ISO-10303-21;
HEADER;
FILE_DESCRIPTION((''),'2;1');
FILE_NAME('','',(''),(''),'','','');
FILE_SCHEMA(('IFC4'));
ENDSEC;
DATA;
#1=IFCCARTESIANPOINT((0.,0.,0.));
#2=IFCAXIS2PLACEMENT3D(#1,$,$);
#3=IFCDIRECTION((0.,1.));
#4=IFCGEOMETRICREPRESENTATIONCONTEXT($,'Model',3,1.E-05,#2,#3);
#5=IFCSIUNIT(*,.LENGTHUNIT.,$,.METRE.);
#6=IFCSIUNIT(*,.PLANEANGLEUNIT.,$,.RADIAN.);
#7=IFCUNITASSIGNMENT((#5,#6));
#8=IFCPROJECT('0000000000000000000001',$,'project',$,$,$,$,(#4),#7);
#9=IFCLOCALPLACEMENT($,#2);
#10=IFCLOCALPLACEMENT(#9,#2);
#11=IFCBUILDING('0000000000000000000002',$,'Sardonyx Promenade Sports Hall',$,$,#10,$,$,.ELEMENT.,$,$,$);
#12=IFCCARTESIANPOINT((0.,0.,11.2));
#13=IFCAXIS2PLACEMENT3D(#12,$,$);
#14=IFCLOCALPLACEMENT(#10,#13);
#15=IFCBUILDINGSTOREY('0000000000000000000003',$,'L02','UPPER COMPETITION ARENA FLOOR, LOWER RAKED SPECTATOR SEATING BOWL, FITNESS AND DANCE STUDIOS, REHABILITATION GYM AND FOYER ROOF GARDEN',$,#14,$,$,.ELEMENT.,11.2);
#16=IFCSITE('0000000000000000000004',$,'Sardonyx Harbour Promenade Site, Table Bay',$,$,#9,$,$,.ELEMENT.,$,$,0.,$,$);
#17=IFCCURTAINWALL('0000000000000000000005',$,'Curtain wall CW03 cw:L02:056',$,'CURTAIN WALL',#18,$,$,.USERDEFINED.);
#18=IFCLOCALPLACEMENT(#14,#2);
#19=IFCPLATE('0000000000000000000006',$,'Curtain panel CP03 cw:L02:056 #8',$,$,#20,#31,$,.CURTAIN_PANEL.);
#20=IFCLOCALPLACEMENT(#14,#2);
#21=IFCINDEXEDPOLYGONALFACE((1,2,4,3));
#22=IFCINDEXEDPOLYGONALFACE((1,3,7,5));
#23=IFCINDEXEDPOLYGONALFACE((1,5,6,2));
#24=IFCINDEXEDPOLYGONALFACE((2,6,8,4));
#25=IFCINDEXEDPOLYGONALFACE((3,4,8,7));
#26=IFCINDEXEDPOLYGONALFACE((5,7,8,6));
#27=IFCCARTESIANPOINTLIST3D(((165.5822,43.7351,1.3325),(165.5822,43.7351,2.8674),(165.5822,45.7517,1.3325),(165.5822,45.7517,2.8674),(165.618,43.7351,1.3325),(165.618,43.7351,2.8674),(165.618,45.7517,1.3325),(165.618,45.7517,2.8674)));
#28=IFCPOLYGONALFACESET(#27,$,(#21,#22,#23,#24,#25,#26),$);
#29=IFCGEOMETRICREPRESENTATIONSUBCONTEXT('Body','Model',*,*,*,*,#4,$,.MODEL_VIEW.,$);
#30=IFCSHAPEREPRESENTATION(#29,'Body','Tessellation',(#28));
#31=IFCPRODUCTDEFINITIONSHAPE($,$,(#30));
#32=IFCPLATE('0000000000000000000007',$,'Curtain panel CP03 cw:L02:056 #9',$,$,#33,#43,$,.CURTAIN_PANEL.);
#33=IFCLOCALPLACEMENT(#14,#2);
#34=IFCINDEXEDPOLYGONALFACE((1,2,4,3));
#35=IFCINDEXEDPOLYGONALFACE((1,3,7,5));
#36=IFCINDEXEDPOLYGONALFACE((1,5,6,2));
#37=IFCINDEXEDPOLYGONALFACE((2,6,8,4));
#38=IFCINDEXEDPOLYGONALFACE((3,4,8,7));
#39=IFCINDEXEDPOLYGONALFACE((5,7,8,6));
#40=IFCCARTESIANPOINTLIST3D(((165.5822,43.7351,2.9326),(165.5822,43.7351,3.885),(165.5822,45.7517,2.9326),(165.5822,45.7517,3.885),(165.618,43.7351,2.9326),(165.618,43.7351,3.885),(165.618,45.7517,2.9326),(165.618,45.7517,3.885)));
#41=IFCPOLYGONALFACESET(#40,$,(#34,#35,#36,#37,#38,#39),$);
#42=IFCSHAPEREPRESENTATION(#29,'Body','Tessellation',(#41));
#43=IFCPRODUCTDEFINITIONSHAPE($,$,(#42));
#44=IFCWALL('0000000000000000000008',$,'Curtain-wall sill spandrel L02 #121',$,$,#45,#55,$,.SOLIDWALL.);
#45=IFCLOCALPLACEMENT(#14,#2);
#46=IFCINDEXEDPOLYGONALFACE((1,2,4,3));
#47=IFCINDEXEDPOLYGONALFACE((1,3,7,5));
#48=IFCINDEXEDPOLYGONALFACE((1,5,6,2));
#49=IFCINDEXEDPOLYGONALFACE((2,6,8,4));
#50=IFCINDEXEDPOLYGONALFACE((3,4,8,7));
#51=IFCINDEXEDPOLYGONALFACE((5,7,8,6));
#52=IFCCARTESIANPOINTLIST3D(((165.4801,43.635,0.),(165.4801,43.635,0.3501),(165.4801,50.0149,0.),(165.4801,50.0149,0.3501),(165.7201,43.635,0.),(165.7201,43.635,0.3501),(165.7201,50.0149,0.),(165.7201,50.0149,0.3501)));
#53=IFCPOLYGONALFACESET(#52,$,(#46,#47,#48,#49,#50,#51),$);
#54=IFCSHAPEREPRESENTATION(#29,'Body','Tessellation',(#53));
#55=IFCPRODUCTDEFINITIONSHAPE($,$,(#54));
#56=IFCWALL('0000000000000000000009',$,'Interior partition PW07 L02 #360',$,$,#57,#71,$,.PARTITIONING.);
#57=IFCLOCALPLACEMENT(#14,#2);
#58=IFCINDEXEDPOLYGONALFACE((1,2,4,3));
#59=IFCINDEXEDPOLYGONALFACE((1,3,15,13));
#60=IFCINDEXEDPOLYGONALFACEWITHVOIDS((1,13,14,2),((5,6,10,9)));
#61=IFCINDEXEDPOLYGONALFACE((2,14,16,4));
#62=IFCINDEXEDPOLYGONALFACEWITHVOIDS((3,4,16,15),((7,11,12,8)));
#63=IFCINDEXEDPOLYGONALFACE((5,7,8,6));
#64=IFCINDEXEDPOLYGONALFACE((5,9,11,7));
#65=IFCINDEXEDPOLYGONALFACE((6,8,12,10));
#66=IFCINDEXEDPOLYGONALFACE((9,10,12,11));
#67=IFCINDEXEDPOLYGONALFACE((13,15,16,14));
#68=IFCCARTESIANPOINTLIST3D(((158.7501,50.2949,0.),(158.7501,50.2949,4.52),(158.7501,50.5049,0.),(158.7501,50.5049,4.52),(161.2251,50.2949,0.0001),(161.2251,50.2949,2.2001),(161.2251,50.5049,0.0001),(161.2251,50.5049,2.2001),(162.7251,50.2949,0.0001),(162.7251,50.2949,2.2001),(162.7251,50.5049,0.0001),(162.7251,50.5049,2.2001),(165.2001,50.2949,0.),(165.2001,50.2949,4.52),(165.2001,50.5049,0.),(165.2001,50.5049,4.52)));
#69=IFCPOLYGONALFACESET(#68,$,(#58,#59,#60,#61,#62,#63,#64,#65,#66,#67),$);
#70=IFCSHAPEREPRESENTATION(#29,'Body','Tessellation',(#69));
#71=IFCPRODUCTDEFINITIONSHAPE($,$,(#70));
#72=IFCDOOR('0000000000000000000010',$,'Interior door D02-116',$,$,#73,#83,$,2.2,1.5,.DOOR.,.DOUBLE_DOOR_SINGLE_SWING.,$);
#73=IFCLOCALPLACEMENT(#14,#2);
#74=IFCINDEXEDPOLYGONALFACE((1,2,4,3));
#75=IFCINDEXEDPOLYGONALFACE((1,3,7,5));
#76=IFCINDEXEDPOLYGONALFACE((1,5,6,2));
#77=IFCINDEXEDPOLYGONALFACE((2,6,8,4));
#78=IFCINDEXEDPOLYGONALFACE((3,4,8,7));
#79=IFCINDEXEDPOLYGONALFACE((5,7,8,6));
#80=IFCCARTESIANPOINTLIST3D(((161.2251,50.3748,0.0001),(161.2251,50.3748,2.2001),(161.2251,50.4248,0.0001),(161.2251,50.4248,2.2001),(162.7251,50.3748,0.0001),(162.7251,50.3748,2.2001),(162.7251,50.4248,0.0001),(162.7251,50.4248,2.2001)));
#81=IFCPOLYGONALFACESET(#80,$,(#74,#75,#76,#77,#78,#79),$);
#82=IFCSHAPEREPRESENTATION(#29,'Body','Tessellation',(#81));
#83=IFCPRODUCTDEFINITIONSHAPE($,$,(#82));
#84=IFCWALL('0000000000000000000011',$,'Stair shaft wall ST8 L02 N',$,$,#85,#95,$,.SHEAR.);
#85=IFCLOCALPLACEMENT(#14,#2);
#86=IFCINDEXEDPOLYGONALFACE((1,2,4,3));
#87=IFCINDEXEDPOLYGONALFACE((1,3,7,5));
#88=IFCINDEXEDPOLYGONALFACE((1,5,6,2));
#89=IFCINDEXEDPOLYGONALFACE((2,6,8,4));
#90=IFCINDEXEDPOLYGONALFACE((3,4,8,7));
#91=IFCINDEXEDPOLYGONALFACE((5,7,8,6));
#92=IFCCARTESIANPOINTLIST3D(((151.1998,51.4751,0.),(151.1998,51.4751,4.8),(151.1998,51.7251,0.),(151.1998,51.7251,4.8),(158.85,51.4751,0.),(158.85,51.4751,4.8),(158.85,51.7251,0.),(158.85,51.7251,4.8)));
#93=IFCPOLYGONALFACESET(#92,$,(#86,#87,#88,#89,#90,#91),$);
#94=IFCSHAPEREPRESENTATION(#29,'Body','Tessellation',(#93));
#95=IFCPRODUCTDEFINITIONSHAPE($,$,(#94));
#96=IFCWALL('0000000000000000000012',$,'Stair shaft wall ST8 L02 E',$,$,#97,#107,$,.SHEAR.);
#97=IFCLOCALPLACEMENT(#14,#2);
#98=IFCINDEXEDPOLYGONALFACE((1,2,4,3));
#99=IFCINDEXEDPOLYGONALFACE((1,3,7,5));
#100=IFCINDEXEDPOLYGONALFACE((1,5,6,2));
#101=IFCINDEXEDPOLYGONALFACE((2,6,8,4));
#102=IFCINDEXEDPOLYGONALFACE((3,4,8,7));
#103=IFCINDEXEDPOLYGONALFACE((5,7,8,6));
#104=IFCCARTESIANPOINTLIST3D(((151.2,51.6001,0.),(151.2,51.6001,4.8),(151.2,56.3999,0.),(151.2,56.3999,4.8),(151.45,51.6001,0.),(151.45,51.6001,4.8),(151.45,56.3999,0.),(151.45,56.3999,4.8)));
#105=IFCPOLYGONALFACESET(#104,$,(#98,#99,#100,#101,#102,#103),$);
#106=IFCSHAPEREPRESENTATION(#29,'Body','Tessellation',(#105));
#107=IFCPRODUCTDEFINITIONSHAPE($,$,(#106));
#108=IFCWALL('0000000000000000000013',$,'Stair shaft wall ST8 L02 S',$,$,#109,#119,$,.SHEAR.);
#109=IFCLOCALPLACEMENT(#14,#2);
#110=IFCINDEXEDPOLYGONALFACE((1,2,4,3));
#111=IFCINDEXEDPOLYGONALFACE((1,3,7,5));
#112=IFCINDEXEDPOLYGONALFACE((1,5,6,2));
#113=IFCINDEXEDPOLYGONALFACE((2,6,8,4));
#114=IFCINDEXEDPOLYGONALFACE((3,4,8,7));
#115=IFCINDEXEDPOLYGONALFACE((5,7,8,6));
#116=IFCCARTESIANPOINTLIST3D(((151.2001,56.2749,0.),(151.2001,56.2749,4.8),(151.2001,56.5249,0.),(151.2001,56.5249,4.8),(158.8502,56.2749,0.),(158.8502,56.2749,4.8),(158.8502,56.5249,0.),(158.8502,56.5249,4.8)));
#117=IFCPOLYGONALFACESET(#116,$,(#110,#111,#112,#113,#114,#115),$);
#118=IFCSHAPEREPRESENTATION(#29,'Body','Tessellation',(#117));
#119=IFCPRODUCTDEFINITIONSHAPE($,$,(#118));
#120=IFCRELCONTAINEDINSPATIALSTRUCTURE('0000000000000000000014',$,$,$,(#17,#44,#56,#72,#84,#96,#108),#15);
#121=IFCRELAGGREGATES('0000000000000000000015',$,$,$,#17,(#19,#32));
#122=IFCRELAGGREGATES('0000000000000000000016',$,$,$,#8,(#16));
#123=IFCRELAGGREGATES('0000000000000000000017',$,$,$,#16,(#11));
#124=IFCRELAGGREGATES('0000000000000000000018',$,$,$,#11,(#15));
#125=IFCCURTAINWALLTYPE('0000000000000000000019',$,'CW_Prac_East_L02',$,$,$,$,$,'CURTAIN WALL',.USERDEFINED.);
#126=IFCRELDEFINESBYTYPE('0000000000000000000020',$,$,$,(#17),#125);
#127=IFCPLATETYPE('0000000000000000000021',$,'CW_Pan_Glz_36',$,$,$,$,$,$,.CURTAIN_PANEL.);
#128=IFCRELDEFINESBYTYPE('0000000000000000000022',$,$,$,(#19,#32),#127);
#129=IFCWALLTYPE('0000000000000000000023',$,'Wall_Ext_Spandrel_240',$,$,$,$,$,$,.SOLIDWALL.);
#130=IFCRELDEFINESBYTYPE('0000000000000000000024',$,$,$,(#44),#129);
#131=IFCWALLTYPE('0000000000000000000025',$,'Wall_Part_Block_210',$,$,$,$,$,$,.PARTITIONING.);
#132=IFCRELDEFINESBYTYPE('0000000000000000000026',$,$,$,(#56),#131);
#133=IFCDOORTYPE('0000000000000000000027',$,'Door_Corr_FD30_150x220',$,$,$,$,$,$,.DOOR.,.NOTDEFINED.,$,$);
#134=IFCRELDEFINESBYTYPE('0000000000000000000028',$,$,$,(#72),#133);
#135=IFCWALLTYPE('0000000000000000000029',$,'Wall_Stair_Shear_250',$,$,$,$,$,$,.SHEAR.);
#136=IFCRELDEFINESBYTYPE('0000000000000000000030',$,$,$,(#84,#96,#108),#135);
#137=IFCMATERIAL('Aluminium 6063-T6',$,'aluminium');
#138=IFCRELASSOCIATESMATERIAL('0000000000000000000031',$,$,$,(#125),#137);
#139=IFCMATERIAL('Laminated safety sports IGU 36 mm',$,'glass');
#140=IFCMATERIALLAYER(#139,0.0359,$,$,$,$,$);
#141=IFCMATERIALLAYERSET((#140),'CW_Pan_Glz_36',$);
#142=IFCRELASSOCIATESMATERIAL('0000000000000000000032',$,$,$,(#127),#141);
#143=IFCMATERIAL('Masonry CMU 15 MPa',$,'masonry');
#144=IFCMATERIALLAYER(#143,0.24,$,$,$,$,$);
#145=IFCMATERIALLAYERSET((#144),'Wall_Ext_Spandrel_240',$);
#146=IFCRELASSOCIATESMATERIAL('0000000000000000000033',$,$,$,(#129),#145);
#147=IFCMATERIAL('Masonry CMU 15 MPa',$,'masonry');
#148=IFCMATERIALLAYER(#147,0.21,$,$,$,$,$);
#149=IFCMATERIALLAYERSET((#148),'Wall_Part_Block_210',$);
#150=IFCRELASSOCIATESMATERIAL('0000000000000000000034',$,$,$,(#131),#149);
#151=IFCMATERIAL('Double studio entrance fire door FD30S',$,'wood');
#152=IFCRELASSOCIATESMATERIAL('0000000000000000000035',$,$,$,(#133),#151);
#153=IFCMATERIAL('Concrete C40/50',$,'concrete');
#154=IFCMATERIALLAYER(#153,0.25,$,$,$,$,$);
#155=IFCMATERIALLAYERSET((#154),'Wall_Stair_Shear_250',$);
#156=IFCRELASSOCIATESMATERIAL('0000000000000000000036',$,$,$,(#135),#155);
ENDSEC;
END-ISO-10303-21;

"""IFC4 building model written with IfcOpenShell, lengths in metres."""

from ifc_helpers import new_model, si_unit, direction, frame, frame_2d, origin, origin_2d, place, context, subcontext, project, spatial, rectangle, extrude, material, layer, layer_set, type_object, element, fill, aggregate, save


model = new_model("IFC4")

# Units and contexts
model_context = context("Model", 3, precision=1e-05, world=origin(), true_north=direction((0.0, 1.0)))
body_context = subcontext(model_context, "Body", "Model", "MODEL_VIEW")
ifc_project = project(units=[si_unit("LENGTHUNIT", "METRE"), si_unit("PLANEANGLEUNIT", "RADIAN")], contexts=[model_context])

# Site, building, storey
site_placement = place(None, origin())
site = spatial("IfcSite", under=ifc_project, at=site_placement, Name="Sardonyx Harbour Promenade Site, Table Bay", CompositionType="ELEMENT", RefElevation=0.0)
building_placement = place(site_placement, origin())
building = spatial("IfcBuilding", under=site, at=building_placement, Name="Sardonyx Promenade Sports Hall", CompositionType="ELEMENT")
storey_placement = place(building_placement, frame((0.0, 0.0, 11.2)))
storey = spatial("IfcBuildingStorey", under=building, at=storey_placement, Name="L02", Description="UPPER COMPETITION ARENA FLOOR, LOWER RAKED SPECTATOR SEATING BOWL, FITNESS AND DANCE STUDIOS, REHABILITATION GYM AND FOYER ROOF GARDEN", CompositionType="ELEMENT", Elevation=11.2)

# Curtain wall, plates
ifc_material_1 = material(Name="Aluminium 6063-T6", Category="aluminium")
curtain_wall_type = type_object("IfcCurtainWallType", Name="CW_Prac_East_L02", ElementType="CURTAIN WALL", PredefinedType="USERDEFINED", material=ifc_material_1)
curtain_wall_placement = place(storey_placement, origin())
curtain_wall = element("IfcCurtainWall", 1, at=curtain_wall_placement, inside=storey, type_object=curtain_wall_type, Name="Curtain wall CW03 cw:L02:056", ObjectType="CURTAIN WALL", PredefinedType="USERDEFINED")
ifc_material_2 = material(Name="Laminated safety sports IGU 36 mm", Category="glass")
ifc_layer_1 = layer(ifc_material_2, 0.0359)
ifc_layer_set_1 = layer_set([ifc_layer_1], Name="CW_Pan_Glz_36")
plate_type = type_object("IfcPlateType", Name="CW_Pan_Glz_36", PredefinedType="CURTAIN_PANEL", material=ifc_layer_set_1)
plate_1_placement = place(storey_placement, frame((165.6001, 44.7434, 1.3325), z_axis=(0.0, 0.0, 1.0), x_axis=(0.0, -1.0, 0.0)))
plate_1 = element("IfcPlate", 2, at=plate_1_placement, type_object=plate_type, Name="Curtain panel CP03 cw:L02:056 #8", PredefinedType="CURTAIN_PANEL", context=body_context, shape_type="SweptSolid", body=[
    extrude(rectangle(XDim=2.0166, YDim=0.0359, at=origin_2d()), origin(), (0.0, 0.0, 1.0), 1.5349),
])
plate_2_placement = place(storey_placement, frame((165.6001, 44.7434, 2.9326), z_axis=(0.0, 0.0, 1.0), x_axis=(0.0, -1.0, 0.0)))
plate_2 = element("IfcPlate", 3, at=plate_2_placement, type_object=plate_type, Name="Curtain panel CP03 cw:L02:056 #9", PredefinedType="CURTAIN_PANEL", context=body_context, shape_type="SweptSolid", body=[
    extrude(rectangle(XDim=2.0166, YDim=0.0359, at=origin_2d()), origin(), (0.0, 0.0, 1.0), 0.9524),
])
aggregate(curtain_wall, [plate_1, plate_2])

# Wall
ifc_material_3 = material(Name="Masonry CMU 15 MPa", Category="masonry")
ifc_layer_2 = layer(ifc_material_3, 0.24)
ifc_layer_set_2 = layer_set([ifc_layer_2], Name="Wall_Ext_Spandrel_240")
wall_type_1 = type_object("IfcWallType", Name="Wall_Ext_Spandrel_240", PredefinedType="SOLIDWALL", material=ifc_layer_set_2)
wall_1_placement = place(storey_placement, frame((165.6001, 50.0149, 0.0), z_axis=(0.0, 0.0, 1.0), x_axis=(0.0, -1.0, 0.0)))
element("IfcWall", 4, at=wall_1_placement, inside=storey, type_object=wall_type_1, Name="Curtain-wall sill spandrel L02 #121", PredefinedType="SOLIDWALL", context=body_context, shape_type="SweptSolid", body=[
    extrude(rectangle(XDim=6.3799, YDim=0.24, at=frame_2d((3.1899, 0.0))), origin(), (0.0, 0.0, 1.0), 0.3501),
])

# Wall, opening, door
ifc_material_4 = material(Name="Masonry CMU 15 MPa", Category="masonry")
ifc_layer_3 = layer(ifc_material_4, 0.21)
ifc_layer_set_3 = layer_set([ifc_layer_3], Name="Wall_Part_Block_210")
wall_type_2 = type_object("IfcWallType", Name="Wall_Part_Block_210", PredefinedType="PARTITIONING", material=ifc_layer_set_3)
wall_2_placement = place(storey_placement, frame((158.75, 50.3999, 0.0), z_axis=(0.0, 0.0, 1.0), x_axis=(1.0, 0.0, 0.0)))
wall_2 = element("IfcWall", 5, at=wall_2_placement, inside=storey, type_object=wall_type_2, Name="Interior partition PW07 L02 #360", PredefinedType="PARTITIONING", context=body_context, shape_type="SweptSolid", body=[
    extrude(rectangle(XDim=6.45, YDim=0.21, at=frame_2d((3.2251, 0.0))), origin(), (0.0, 0.0, 1.0), 4.52),
])
opening_placement = place(wall_2_placement, frame((2.4751, 0.0, 0.0)))
opening = element("IfcOpeningElement", 6, at=opening_placement, cuts=wall_2, PredefinedType="OPENING", context=body_context, shape_type="SweptSolid", body=[
    extrude(rectangle(XDim=1.5, YDim=2.2, at=frame_2d((0.75, 1.1001))), frame((0.0, 0.115, 0.0), z_axis=(0.0, -1.0, 0.0), x_axis=(1.0, 0.0, 0.0)), (0.0, 0.0, 1.0), 0.23),
])
ifc_material_5 = material(Name="Double studio entrance fire door FD30S", Category="wood")
door_type = type_object("IfcDoorType", Name="Door_Corr_FD30_150x220", OperationType="NOTDEFINED", PredefinedType="DOOR", material=ifc_material_5)
door_placement = place(opening_placement, origin())
door = element("IfcDoor", 7, at=door_placement, inside=storey, type_object=door_type, Name="Interior door D02-116", OperationType="DOUBLE_DOOR_SINGLE_SWING", OverallHeight=2.2, OverallWidth=1.5, PredefinedType="DOOR", context=body_context, shape_type="SweptSolid", body=[
    extrude(rectangle(XDim=1.5, YDim=2.2, at=frame_2d((0.75, 1.1001))), frame((0.0, 0.0249, 0.0), z_axis=(0.0, -1.0, 0.0), x_axis=(1.0, 0.0, 0.0)), (0.0, 0.0, 1.0), 0.05),
])
fill(opening, door)

# Walls
ifc_material_6 = material(Name="Concrete C40/50", Category="concrete")
ifc_layer_4 = layer(ifc_material_6, 0.25)
ifc_layer_set_4 = layer_set([ifc_layer_4], Name="Wall_Stair_Shear_250")
wall_type_3 = type_object("IfcWallType", Name="Wall_Stair_Shear_250", PredefinedType="SHEAR", material=ifc_layer_set_4)
wall_3_placement = place(storey_placement, frame((158.8501, 51.6001, 0.0), z_axis=(0.0, 0.0, 1.0), x_axis=(-1.0, 0.0, 0.0)))
element("IfcWall", 8, at=wall_3_placement, inside=storey, type_object=wall_type_3, Name="Stair shaft wall ST8 L02 N", PredefinedType="SHEAR", context=body_context, shape_type="SweptSolid", body=[
    extrude(rectangle(XDim=7.6501, YDim=0.25, at=frame_2d((3.8252, 0.0))), origin(), (0.0, 0.0, 1.0), 4.8),
])
wall_4_placement = place(storey_placement, frame((151.325, 51.6001, 0.0), z_axis=(0.0, 0.0, 1.0), x_axis=(0.0, 1.0, 0.0)))
element("IfcWall", 9, at=wall_4_placement, inside=storey, type_object=wall_type_3, Name="Stair shaft wall ST8 L02 E", PredefinedType="SHEAR", context=body_context, shape_type="SweptSolid", body=[
    extrude(rectangle(XDim=4.7998, YDim=0.25, at=frame_2d((2.3999, 0.0))), origin(), (0.0, 0.0, 1.0), 4.8),
])
wall_5_placement = place(storey_placement, frame((151.2, 56.3999, 0.0), z_axis=(0.0, 0.0, 1.0), x_axis=(1.0, 0.0, 0.0)))
element("IfcWall", 10, at=wall_5_placement, inside=storey, type_object=wall_type_3, Name="Stair shaft wall ST8 L02 S", PredefinedType="SHEAR", context=body_context, shape_type="SweptSolid", body=[
    extrude(rectangle(XDim=7.6501, YDim=0.25, at=frame_2d((3.8252, 0.0))), origin(), (0.0, 0.0, 1.0), 4.8),
])

save(model, "model.ifc")
